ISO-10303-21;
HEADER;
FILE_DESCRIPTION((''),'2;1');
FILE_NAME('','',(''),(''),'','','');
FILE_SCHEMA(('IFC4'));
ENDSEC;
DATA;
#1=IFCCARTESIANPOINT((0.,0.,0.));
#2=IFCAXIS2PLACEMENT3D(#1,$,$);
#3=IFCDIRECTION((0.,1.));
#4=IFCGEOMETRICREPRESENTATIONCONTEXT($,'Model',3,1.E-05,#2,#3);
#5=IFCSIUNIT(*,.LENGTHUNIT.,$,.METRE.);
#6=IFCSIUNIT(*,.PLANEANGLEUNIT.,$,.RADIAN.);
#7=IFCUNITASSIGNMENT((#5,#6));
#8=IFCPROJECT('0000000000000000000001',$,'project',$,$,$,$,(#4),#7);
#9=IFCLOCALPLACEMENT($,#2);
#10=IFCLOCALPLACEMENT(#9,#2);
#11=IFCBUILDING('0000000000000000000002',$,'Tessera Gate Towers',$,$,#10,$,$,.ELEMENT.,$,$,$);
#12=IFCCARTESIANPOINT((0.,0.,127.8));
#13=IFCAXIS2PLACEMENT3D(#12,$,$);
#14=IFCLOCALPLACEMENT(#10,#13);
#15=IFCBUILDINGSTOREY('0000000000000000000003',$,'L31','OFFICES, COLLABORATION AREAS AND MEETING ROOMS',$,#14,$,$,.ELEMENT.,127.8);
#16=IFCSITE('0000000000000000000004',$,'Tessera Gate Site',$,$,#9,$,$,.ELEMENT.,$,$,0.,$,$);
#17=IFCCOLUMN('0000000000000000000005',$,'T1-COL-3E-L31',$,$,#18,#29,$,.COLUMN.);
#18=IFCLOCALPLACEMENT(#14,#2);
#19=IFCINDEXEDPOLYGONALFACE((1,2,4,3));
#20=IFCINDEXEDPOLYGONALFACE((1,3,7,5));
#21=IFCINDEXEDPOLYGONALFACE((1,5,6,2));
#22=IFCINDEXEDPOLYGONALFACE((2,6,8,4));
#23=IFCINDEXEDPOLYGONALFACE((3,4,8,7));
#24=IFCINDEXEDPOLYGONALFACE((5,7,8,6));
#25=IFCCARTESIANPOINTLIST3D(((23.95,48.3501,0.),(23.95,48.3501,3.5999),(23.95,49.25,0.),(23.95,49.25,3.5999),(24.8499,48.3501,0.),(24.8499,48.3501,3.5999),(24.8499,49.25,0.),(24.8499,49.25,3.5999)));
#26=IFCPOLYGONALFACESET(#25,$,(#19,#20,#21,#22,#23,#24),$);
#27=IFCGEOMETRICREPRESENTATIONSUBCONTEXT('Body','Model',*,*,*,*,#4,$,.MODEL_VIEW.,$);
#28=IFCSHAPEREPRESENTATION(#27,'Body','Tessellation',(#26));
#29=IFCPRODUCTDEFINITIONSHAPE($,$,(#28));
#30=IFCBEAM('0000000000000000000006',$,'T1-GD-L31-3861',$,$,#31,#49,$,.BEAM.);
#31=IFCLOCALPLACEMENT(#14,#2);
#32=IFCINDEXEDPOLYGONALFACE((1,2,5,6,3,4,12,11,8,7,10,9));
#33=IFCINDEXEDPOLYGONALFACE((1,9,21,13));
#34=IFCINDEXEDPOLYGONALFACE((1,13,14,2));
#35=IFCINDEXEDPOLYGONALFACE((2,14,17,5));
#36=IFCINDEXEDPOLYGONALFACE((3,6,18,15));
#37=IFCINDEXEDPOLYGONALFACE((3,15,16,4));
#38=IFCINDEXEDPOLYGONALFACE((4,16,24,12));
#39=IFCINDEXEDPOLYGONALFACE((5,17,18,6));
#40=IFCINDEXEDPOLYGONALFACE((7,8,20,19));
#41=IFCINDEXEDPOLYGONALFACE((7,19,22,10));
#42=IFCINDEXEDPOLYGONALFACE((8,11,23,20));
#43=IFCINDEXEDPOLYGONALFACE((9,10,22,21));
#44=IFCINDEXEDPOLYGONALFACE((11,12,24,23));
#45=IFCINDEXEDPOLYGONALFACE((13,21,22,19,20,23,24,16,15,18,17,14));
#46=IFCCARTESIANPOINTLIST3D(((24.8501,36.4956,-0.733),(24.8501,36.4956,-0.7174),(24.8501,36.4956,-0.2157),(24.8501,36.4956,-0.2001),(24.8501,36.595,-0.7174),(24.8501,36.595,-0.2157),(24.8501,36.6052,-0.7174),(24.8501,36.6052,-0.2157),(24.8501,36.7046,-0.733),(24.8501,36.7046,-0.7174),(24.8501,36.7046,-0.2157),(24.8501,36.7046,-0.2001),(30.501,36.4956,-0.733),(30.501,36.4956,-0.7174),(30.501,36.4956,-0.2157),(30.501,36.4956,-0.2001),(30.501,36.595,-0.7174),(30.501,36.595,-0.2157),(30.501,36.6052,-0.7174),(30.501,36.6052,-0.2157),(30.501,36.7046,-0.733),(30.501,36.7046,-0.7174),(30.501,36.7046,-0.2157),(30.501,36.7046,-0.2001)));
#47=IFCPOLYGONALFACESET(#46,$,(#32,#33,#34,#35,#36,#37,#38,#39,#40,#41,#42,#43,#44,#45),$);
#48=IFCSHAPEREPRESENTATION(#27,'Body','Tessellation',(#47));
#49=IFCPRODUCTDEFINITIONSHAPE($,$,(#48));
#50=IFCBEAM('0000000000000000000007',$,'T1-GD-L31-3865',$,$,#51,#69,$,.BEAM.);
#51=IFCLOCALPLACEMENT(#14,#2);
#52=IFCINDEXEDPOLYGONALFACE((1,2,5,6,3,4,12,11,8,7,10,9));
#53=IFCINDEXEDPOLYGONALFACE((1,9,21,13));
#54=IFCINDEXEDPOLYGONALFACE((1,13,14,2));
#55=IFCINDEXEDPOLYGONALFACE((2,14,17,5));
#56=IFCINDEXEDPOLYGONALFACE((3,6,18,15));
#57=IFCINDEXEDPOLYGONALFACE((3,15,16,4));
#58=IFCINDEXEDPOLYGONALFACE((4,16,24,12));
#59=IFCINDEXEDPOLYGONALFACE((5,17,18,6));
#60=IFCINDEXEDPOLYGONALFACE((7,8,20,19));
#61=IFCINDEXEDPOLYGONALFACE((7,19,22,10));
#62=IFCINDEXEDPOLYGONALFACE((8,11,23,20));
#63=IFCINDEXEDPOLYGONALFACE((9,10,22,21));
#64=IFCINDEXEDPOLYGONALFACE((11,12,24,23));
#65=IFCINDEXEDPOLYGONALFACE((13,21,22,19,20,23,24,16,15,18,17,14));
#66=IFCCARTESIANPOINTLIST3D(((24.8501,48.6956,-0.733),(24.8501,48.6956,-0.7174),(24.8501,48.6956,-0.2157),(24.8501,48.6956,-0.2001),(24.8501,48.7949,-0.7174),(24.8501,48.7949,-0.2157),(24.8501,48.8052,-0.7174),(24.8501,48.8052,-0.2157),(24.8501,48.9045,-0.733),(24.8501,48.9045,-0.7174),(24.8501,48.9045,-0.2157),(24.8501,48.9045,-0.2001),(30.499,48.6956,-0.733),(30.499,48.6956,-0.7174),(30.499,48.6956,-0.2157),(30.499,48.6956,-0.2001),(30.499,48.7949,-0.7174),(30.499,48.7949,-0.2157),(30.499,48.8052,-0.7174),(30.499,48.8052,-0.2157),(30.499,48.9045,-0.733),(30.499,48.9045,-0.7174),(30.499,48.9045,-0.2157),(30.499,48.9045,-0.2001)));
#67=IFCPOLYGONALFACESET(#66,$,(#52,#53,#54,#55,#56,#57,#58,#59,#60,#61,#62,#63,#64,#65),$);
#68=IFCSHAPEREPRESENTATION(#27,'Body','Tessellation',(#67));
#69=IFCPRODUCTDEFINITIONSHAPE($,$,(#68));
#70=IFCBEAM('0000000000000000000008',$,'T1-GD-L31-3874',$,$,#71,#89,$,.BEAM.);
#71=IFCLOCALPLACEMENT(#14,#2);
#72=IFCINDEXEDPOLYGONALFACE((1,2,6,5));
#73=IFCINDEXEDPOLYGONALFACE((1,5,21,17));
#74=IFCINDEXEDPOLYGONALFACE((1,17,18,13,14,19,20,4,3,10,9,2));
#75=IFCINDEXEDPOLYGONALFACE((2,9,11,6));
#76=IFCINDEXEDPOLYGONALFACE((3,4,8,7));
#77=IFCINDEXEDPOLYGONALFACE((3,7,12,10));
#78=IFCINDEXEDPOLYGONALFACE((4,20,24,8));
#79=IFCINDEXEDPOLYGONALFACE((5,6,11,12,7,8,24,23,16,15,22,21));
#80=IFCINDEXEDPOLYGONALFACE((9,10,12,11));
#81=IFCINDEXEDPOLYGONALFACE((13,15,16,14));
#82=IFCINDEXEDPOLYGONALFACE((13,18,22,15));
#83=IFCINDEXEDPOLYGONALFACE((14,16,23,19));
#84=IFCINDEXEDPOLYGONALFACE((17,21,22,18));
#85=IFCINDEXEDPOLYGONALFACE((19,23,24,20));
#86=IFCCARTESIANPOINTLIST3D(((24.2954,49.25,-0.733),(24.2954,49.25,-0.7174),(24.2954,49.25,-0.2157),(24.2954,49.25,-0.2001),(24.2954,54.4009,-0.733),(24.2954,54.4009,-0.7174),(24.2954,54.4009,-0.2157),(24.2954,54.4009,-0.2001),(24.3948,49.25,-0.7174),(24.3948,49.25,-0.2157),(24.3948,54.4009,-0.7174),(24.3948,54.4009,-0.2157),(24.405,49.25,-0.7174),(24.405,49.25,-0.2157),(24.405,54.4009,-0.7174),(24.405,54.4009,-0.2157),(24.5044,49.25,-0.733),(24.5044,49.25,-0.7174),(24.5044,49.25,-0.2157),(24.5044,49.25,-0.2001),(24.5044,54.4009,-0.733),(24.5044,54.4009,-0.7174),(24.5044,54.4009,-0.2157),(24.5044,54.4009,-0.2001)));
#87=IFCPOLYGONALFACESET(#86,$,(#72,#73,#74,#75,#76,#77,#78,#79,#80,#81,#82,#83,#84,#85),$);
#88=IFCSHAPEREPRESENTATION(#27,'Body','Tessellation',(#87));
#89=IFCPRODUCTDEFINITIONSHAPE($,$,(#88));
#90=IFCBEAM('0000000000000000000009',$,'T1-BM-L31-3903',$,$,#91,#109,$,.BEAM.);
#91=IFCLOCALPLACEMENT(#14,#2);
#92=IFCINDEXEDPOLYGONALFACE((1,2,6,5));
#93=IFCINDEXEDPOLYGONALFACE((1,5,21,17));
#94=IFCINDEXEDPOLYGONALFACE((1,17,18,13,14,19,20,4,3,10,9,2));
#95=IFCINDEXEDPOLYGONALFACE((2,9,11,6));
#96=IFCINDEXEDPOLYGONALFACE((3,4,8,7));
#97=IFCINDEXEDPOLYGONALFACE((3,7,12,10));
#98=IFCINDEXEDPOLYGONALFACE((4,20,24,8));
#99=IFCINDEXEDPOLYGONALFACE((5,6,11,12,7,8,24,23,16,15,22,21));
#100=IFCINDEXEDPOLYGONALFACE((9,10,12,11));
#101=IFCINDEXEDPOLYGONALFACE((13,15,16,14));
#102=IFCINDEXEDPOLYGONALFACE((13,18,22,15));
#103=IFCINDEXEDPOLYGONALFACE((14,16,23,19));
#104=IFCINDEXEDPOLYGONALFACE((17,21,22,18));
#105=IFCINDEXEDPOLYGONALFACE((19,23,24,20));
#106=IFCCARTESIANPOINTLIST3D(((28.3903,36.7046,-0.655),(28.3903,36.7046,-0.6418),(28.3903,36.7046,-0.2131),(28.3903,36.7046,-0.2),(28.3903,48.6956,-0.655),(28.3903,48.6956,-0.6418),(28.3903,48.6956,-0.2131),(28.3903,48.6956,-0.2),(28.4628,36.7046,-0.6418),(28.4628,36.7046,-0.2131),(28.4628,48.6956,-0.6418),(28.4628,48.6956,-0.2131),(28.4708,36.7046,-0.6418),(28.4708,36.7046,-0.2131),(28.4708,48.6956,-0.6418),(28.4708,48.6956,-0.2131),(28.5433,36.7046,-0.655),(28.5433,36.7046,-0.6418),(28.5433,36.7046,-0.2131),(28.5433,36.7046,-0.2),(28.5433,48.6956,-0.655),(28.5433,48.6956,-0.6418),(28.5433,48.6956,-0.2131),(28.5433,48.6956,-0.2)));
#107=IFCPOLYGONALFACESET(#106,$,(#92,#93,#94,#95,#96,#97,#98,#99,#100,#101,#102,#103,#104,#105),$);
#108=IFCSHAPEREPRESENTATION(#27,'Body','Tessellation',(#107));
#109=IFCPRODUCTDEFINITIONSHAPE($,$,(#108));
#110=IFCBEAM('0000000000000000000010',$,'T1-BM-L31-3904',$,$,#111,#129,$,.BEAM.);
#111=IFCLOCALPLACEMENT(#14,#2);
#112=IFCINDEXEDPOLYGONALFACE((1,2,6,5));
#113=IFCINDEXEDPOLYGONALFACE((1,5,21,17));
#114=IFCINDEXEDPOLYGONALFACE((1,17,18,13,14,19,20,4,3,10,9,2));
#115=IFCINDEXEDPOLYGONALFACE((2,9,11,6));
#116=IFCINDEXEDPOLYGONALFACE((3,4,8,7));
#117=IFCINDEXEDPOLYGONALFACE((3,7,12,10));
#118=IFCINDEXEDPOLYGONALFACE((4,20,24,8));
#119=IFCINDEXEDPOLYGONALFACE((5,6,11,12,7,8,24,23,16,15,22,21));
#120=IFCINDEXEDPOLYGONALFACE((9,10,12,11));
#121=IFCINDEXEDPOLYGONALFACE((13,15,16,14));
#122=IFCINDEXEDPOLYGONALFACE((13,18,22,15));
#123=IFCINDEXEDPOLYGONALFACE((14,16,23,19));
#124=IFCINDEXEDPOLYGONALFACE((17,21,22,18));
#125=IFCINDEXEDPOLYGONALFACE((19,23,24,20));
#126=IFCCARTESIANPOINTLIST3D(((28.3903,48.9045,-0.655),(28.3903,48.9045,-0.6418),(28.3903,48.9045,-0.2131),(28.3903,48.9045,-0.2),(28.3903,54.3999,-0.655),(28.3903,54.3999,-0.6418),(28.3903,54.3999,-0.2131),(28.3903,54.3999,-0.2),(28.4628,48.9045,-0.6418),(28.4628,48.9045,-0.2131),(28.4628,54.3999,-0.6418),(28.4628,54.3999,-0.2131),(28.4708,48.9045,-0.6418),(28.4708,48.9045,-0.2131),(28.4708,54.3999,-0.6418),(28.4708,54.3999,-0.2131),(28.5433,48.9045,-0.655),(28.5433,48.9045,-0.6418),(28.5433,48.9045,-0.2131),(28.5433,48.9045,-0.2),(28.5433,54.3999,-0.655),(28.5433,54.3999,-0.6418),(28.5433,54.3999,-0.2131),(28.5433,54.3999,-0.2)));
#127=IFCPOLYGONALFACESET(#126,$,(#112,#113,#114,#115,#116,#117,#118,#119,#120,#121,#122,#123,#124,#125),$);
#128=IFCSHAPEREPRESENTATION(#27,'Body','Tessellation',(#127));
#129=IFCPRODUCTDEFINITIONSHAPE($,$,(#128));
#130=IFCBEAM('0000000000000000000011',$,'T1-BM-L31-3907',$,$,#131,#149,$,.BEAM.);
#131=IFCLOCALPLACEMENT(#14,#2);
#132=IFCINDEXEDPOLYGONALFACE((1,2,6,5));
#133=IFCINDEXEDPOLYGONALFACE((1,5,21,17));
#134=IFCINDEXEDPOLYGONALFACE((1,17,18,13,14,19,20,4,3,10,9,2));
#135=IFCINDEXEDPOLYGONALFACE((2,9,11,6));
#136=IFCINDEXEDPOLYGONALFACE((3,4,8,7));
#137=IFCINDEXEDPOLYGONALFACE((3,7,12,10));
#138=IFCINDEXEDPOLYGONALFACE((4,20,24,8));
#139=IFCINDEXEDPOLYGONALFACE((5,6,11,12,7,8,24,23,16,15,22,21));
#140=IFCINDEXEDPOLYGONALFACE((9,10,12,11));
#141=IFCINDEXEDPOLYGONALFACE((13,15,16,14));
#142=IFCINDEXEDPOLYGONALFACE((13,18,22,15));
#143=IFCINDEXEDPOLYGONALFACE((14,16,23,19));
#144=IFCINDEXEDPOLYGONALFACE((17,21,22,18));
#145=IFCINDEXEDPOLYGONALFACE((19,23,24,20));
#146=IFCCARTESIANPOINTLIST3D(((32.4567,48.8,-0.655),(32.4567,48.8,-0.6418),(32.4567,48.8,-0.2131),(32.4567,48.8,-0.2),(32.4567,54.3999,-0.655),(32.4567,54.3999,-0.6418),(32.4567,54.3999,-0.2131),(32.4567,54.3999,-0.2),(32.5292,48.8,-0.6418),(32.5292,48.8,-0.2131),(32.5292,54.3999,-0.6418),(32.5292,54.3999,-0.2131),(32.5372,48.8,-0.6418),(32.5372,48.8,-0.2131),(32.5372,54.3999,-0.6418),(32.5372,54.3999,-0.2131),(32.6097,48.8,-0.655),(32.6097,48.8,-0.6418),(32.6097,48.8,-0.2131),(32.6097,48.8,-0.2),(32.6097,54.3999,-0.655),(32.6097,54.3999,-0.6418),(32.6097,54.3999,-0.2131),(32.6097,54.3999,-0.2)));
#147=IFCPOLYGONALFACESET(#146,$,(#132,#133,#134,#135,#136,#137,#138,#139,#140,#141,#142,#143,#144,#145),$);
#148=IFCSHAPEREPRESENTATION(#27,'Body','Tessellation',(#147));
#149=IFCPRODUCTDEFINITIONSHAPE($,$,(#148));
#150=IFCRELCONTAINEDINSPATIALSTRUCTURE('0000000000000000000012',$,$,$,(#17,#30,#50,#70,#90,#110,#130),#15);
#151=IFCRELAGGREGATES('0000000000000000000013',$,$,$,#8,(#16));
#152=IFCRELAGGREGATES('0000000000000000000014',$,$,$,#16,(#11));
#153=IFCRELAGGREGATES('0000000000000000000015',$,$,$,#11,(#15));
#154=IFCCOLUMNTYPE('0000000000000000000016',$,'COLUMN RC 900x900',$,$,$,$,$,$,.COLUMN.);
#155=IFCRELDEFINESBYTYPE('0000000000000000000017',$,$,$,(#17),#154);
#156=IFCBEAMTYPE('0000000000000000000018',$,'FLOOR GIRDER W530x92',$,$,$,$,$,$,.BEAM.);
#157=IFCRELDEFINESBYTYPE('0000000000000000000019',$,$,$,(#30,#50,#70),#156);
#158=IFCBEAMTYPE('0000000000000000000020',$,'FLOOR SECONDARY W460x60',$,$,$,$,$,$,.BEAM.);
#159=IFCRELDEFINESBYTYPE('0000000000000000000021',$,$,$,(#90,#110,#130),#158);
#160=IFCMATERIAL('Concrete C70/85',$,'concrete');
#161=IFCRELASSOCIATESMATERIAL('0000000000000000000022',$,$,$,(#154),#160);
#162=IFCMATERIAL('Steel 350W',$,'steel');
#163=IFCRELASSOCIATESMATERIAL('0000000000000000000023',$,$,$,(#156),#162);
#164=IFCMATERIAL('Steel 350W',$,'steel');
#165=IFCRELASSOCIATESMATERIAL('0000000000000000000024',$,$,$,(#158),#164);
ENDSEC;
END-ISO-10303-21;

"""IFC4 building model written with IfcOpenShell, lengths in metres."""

from ifc_helpers import new_model, si_unit, direction, frame, origin, origin_2d, place, context, subcontext, project, spatial, rectangle, i_section, extrude, material, material_profile, profile_set, type_object, element, save


model = new_model("IFC4")

# Units and contexts
model_context = context("Model", 3, precision=1e-05, world=origin(), true_north=direction((0.0, 1.0)))
body_context = subcontext(model_context, "Body", "Model", "MODEL_VIEW")
ifc_project = project(units=[si_unit("LENGTHUNIT", "METRE"), si_unit("PLANEANGLEUNIT", "RADIAN")], contexts=[model_context])

# Site, building, storey
site_placement = place(None, origin())
site = spatial("IfcSite", under=ifc_project, at=site_placement, Name="Tessera Gate Site", CompositionType="ELEMENT", RefElevation=0.0)
building_placement = place(site_placement, origin())
building = spatial("IfcBuilding", under=site, at=building_placement, Name="Tessera Gate Towers", CompositionType="ELEMENT")
storey_placement = place(building_placement, frame((0.0, 0.0, 127.8)))
storey = spatial("IfcBuildingStorey", under=building, at=storey_placement, Name="L31", Description="OFFICES, COLLABORATION AREAS AND MEETING ROOMS", CompositionType="ELEMENT", Elevation=127.8)

# Column
ifc_material_1 = material(Name="Concrete C70/85", Category="concrete")
ifc_material_profile_1 = material_profile(ifc_material_1, rectangle(XDim=0.8999, YDim=0.8999, at=origin_2d()), Name="RC 900x900")
ifc_profile_set_1 = profile_set([ifc_material_profile_1], Name="Concrete C70/85")
column_type = type_object("IfcColumnType", Name="COLUMN RC 900x900", PredefinedType="COLUMN", material=ifc_profile_set_1)
column_placement = place(storey_placement, frame((24.3999, 48.8, 0.0), z_axis=(0.0, 0.0, 1.0), x_axis=(1.0, 0.0, 0.0)))
element("IfcColumn", 1, at=column_placement, inside=storey, type_object=column_type, Name="T1-COL-3E-L31", PredefinedType="COLUMN", context=body_context, shape_type="SweptSolid", body=[
    extrude(rectangle(XDim=0.8999, YDim=0.8999, at=origin_2d()), origin(), (0.0, 0.0, 1.0), 3.5999),
])

# Beams
ifc_material_2 = material(Name="Steel 350W", Category="steel")
ifc_material_profile_2 = material_profile(ifc_material_2, i_section(OverallWidth=0.209, OverallDepth=0.533, WebThickness=0.0103, FlangeThickness=0.0156, at=origin_2d()), Name="W530x92")
ifc_profile_set_2 = profile_set([ifc_material_profile_2], Name="Steel 350W")
beam_type_1 = type_object("IfcBeamType", Name="FLOOR GIRDER W530x92", PredefinedType="BEAM", material=ifc_profile_set_2)
beam_1_placement = place(storey_placement, frame((24.8501, 36.6001, -0.4666), z_axis=(1.0, 0.0, 0.0), x_axis=(0.0, 1.0, 0.0)))
element("IfcBeam", 2, at=beam_1_placement, inside=storey, type_object=beam_type_1, Name="T1-GD-L31-3861", PredefinedType="BEAM", context=body_context, shape_type="SweptSolid", body=[
    extrude(i_section(OverallWidth=0.209, OverallDepth=0.533, WebThickness=0.0103, FlangeThickness=0.0156, at=origin_2d()), origin(), (0.0, 0.0, 1.0), 5.6509),
])
beam_2_placement = place(storey_placement, frame((24.8501, 48.8, -0.4666), z_axis=(1.0, 0.0, 0.0), x_axis=(0.0, 1.0, 0.0)))
element("IfcBeam", 3, at=beam_2_placement, inside=storey, type_object=beam_type_1, Name="T1-GD-L31-3865", PredefinedType="BEAM", context=body_context, shape_type="SweptSolid", body=[
    extrude(i_section(OverallWidth=0.209, OverallDepth=0.533, WebThickness=0.0103, FlangeThickness=0.0156, at=origin_2d()), origin(), (0.0, 0.0, 1.0), 5.6489),
])
beam_3_placement = place(storey_placement, frame((24.3999, 49.25, -0.4666), z_axis=(0.0, 1.0, 0.0), x_axis=(-1.0, 0.0, 0.0)))
element("IfcBeam", 4, at=beam_3_placement, inside=storey, type_object=beam_type_1, Name="T1-GD-L31-3874", PredefinedType="BEAM", context=body_context, shape_type="SweptSolid", body=[
    extrude(i_section(OverallWidth=0.209, OverallDepth=0.533, WebThickness=0.0103, FlangeThickness=0.0156, at=origin_2d()), origin(), (0.0, 0.0, 1.0), 5.1509),
])
ifc_material_3 = material(Name="Steel 350W", Category="steel")
ifc_material_profile_3 = material_profile(ifc_material_3, i_section(OverallWidth=0.1531, OverallDepth=0.4551, WebThickness=0.0081, FlangeThickness=0.0132, at=origin_2d()), Name="W460x60")
ifc_profile_set_3 = profile_set([ifc_material_profile_3], Name="Steel 350W")
beam_type_2 = type_object("IfcBeamType", Name="FLOOR SECONDARY W460x60", PredefinedType="BEAM", material=ifc_profile_set_3)
beam_4_placement = place(storey_placement, frame((28.4668, 36.7046, -0.4275), z_axis=(0.0, 1.0, 0.0), x_axis=(-1.0, 0.0, 0.0)))
element("IfcBeam", 5, at=beam_4_placement, inside=storey, type_object=beam_type_2, Name="T1-BM-L31-3903", PredefinedType="BEAM", context=body_context, shape_type="SweptSolid", body=[
    extrude(i_section(OverallWidth=0.1531, OverallDepth=0.4551, WebThickness=0.0081, FlangeThickness=0.0132, at=origin_2d()), origin(), (0.0, 0.0, 1.0), 11.991),
])
beam_5_placement = place(storey_placement, frame((28.4668, 48.9045, -0.4275), z_axis=(0.0, 1.0, 0.0), x_axis=(-1.0, 0.0, 0.0)))
element("IfcBeam", 6, at=beam_5_placement, inside=storey, type_object=beam_type_2, Name="T1-BM-L31-3904", PredefinedType="BEAM", context=body_context, shape_type="SweptSolid", body=[
    extrude(i_section(OverallWidth=0.1531, OverallDepth=0.4551, WebThickness=0.0081, FlangeThickness=0.0132, at=origin_2d()), origin(), (0.0, 0.0, 1.0), 5.4954),
])
beam_6_placement = place(storey_placement, frame((32.5332, 48.8, -0.4275), z_axis=(0.0, 1.0, 0.0), x_axis=(-1.0, 0.0, 0.0)))
element("IfcBeam", 7, at=beam_6_placement, inside=storey, type_object=beam_type_2, Name="T1-BM-L31-3907", PredefinedType="BEAM", context=body_context, shape_type="SweptSolid", body=[
    extrude(i_section(OverallWidth=0.1531, OverallDepth=0.4551, WebThickness=0.0081, FlangeThickness=0.0132, at=origin_2d()), origin(), (0.0, 0.0, 1.0), 5.5999),
])

save(model, "model.ifc")
